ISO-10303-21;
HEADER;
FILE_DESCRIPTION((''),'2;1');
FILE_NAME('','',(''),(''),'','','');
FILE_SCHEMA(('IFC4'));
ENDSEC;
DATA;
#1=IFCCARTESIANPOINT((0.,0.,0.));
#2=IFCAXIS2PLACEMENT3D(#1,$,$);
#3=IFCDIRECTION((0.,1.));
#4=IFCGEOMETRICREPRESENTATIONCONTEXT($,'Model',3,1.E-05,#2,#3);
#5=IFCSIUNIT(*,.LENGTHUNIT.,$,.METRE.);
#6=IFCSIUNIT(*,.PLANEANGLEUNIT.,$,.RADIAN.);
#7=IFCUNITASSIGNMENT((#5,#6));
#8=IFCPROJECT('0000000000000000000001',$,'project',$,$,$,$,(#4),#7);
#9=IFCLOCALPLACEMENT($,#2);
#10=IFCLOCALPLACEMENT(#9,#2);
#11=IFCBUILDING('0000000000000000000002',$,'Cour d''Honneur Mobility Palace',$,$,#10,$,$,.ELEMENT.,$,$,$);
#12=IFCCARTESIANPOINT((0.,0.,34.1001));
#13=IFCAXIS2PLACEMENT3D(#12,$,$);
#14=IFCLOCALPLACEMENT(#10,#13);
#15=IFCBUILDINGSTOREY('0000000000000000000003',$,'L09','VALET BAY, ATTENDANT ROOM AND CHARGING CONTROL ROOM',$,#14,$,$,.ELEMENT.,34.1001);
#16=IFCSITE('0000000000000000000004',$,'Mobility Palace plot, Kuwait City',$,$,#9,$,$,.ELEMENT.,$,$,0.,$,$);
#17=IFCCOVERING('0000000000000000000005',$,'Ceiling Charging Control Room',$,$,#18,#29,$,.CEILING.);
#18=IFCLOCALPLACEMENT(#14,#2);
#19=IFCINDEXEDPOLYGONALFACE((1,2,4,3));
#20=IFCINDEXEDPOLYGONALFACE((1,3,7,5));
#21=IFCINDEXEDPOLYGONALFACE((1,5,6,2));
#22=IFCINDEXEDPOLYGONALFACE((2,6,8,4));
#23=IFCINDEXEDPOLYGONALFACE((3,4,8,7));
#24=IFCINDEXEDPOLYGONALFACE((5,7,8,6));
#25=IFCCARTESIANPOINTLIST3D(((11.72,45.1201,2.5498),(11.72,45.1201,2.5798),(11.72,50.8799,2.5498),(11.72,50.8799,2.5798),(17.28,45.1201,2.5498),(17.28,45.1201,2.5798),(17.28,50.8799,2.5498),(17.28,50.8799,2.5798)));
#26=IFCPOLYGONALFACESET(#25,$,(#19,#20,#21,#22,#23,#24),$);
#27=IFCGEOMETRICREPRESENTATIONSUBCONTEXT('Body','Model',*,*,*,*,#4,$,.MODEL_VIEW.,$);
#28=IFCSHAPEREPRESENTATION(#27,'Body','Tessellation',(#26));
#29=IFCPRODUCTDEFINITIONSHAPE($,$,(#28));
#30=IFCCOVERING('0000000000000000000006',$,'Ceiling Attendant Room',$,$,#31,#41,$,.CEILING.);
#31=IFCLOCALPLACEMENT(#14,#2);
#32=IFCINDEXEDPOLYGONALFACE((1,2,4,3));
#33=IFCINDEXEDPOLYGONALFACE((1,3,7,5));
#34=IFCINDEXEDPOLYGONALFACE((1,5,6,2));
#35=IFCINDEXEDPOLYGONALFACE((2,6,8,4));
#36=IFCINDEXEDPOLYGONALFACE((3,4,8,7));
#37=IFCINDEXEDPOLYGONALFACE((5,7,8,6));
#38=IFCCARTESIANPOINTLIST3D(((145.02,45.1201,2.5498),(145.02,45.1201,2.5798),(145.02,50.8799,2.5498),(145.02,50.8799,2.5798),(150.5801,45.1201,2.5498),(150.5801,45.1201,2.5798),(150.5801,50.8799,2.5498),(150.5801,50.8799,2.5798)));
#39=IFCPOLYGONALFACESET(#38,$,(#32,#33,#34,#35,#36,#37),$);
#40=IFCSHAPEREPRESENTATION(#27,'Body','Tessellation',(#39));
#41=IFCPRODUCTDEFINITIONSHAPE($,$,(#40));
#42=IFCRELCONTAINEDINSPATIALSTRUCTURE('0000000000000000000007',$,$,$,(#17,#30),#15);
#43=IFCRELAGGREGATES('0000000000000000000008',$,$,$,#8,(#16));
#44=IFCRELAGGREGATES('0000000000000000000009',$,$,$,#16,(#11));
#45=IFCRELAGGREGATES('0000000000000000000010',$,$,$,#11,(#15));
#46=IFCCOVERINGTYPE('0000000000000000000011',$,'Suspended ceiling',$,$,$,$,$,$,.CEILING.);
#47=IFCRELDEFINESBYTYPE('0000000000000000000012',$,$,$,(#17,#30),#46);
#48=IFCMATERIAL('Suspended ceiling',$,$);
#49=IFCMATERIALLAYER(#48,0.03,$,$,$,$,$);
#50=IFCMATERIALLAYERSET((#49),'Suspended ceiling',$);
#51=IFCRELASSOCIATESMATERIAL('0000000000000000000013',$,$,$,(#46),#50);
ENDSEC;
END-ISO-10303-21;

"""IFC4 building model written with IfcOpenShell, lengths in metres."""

from ifc_helpers import new_model, si_unit, direction, frame, origin, place, context, subcontext, project, spatial, polyline, outline, extrude, material, layer, layer_set, type_object, element, save


model = new_model("IFC4")

# Units and contexts
model_context = context("Model", 3, precision=1e-05, world=origin(), true_north=direction((0.0, 1.0)))
body_context = subcontext(model_context, "Body", "Model", "MODEL_VIEW")
ifc_project = project(units=[si_unit("LENGTHUNIT", "METRE"), si_unit("PLANEANGLEUNIT", "RADIAN")], contexts=[model_context])

# Site, building, storey
site_placement = place(None, origin())
site = spatial("IfcSite", under=ifc_project, at=site_placement, Name="Mobility Palace plot, Kuwait City", CompositionType="ELEMENT", RefElevation=0.0)
building_placement = place(site_placement, origin())
building = spatial("IfcBuilding", under=site, at=building_placement, Name="Cour d'Honneur Mobility Palace", CompositionType="ELEMENT")
storey_placement = place(building_placement, frame((0.0, 0.0, 34.1001)))
storey = spatial("IfcBuildingStorey", under=building, at=storey_placement, Name="L09", Description="VALET BAY, ATTENDANT ROOM AND CHARGING CONTROL ROOM", CompositionType="ELEMENT", Elevation=34.1001)

# Coverings
ifc_material_1 = material(Name="Suspended ceiling")
ifc_layer_1 = layer(ifc_material_1, 0.03)
ifc_layer_set_1 = layer_set([ifc_layer_1], Name="Suspended ceiling")
covering_type_1 = type_object("IfcCoveringType", Name="Suspended ceiling", PredefinedType="CEILING", material=ifc_layer_set_1)
covering_1_placement = place(storey_placement, frame((0.0, 0.0, 2.5498)))
element("IfcCovering", 1, at=covering_1_placement, inside=storey, type_object=covering_type_1, Name="Ceiling Charging Control Room", PredefinedType="CEILING", context=body_context, shape_type="SweptSolid", body=[
    extrude(outline(polyline([(17.28, 45.1201), (11.72, 45.1201), (11.72, 50.8799), (17.28, 50.8799), (17.28, 45.1201)])), origin(), (0.0, 0.0, 1.0), 0.03),
])
covering_2_placement = place(storey_placement, frame((0.0, 0.0, 2.5498)))
element("IfcCovering", 2, at=covering_2_placement, inside=storey, type_object=covering_type_1, Name="Ceiling Attendant Room", PredefinedType="CEILING", context=body_context, shape_type="SweptSolid", body=[
    extrude(outline(polyline([(150.5801, 45.1201), (145.02, 45.1201), (145.02, 50.8799), (150.5801, 50.8799), (150.5801, 45.1201)])), origin(), (0.0, 0.0, 1.0), 0.03),
])

save(model, "model.ifc")
